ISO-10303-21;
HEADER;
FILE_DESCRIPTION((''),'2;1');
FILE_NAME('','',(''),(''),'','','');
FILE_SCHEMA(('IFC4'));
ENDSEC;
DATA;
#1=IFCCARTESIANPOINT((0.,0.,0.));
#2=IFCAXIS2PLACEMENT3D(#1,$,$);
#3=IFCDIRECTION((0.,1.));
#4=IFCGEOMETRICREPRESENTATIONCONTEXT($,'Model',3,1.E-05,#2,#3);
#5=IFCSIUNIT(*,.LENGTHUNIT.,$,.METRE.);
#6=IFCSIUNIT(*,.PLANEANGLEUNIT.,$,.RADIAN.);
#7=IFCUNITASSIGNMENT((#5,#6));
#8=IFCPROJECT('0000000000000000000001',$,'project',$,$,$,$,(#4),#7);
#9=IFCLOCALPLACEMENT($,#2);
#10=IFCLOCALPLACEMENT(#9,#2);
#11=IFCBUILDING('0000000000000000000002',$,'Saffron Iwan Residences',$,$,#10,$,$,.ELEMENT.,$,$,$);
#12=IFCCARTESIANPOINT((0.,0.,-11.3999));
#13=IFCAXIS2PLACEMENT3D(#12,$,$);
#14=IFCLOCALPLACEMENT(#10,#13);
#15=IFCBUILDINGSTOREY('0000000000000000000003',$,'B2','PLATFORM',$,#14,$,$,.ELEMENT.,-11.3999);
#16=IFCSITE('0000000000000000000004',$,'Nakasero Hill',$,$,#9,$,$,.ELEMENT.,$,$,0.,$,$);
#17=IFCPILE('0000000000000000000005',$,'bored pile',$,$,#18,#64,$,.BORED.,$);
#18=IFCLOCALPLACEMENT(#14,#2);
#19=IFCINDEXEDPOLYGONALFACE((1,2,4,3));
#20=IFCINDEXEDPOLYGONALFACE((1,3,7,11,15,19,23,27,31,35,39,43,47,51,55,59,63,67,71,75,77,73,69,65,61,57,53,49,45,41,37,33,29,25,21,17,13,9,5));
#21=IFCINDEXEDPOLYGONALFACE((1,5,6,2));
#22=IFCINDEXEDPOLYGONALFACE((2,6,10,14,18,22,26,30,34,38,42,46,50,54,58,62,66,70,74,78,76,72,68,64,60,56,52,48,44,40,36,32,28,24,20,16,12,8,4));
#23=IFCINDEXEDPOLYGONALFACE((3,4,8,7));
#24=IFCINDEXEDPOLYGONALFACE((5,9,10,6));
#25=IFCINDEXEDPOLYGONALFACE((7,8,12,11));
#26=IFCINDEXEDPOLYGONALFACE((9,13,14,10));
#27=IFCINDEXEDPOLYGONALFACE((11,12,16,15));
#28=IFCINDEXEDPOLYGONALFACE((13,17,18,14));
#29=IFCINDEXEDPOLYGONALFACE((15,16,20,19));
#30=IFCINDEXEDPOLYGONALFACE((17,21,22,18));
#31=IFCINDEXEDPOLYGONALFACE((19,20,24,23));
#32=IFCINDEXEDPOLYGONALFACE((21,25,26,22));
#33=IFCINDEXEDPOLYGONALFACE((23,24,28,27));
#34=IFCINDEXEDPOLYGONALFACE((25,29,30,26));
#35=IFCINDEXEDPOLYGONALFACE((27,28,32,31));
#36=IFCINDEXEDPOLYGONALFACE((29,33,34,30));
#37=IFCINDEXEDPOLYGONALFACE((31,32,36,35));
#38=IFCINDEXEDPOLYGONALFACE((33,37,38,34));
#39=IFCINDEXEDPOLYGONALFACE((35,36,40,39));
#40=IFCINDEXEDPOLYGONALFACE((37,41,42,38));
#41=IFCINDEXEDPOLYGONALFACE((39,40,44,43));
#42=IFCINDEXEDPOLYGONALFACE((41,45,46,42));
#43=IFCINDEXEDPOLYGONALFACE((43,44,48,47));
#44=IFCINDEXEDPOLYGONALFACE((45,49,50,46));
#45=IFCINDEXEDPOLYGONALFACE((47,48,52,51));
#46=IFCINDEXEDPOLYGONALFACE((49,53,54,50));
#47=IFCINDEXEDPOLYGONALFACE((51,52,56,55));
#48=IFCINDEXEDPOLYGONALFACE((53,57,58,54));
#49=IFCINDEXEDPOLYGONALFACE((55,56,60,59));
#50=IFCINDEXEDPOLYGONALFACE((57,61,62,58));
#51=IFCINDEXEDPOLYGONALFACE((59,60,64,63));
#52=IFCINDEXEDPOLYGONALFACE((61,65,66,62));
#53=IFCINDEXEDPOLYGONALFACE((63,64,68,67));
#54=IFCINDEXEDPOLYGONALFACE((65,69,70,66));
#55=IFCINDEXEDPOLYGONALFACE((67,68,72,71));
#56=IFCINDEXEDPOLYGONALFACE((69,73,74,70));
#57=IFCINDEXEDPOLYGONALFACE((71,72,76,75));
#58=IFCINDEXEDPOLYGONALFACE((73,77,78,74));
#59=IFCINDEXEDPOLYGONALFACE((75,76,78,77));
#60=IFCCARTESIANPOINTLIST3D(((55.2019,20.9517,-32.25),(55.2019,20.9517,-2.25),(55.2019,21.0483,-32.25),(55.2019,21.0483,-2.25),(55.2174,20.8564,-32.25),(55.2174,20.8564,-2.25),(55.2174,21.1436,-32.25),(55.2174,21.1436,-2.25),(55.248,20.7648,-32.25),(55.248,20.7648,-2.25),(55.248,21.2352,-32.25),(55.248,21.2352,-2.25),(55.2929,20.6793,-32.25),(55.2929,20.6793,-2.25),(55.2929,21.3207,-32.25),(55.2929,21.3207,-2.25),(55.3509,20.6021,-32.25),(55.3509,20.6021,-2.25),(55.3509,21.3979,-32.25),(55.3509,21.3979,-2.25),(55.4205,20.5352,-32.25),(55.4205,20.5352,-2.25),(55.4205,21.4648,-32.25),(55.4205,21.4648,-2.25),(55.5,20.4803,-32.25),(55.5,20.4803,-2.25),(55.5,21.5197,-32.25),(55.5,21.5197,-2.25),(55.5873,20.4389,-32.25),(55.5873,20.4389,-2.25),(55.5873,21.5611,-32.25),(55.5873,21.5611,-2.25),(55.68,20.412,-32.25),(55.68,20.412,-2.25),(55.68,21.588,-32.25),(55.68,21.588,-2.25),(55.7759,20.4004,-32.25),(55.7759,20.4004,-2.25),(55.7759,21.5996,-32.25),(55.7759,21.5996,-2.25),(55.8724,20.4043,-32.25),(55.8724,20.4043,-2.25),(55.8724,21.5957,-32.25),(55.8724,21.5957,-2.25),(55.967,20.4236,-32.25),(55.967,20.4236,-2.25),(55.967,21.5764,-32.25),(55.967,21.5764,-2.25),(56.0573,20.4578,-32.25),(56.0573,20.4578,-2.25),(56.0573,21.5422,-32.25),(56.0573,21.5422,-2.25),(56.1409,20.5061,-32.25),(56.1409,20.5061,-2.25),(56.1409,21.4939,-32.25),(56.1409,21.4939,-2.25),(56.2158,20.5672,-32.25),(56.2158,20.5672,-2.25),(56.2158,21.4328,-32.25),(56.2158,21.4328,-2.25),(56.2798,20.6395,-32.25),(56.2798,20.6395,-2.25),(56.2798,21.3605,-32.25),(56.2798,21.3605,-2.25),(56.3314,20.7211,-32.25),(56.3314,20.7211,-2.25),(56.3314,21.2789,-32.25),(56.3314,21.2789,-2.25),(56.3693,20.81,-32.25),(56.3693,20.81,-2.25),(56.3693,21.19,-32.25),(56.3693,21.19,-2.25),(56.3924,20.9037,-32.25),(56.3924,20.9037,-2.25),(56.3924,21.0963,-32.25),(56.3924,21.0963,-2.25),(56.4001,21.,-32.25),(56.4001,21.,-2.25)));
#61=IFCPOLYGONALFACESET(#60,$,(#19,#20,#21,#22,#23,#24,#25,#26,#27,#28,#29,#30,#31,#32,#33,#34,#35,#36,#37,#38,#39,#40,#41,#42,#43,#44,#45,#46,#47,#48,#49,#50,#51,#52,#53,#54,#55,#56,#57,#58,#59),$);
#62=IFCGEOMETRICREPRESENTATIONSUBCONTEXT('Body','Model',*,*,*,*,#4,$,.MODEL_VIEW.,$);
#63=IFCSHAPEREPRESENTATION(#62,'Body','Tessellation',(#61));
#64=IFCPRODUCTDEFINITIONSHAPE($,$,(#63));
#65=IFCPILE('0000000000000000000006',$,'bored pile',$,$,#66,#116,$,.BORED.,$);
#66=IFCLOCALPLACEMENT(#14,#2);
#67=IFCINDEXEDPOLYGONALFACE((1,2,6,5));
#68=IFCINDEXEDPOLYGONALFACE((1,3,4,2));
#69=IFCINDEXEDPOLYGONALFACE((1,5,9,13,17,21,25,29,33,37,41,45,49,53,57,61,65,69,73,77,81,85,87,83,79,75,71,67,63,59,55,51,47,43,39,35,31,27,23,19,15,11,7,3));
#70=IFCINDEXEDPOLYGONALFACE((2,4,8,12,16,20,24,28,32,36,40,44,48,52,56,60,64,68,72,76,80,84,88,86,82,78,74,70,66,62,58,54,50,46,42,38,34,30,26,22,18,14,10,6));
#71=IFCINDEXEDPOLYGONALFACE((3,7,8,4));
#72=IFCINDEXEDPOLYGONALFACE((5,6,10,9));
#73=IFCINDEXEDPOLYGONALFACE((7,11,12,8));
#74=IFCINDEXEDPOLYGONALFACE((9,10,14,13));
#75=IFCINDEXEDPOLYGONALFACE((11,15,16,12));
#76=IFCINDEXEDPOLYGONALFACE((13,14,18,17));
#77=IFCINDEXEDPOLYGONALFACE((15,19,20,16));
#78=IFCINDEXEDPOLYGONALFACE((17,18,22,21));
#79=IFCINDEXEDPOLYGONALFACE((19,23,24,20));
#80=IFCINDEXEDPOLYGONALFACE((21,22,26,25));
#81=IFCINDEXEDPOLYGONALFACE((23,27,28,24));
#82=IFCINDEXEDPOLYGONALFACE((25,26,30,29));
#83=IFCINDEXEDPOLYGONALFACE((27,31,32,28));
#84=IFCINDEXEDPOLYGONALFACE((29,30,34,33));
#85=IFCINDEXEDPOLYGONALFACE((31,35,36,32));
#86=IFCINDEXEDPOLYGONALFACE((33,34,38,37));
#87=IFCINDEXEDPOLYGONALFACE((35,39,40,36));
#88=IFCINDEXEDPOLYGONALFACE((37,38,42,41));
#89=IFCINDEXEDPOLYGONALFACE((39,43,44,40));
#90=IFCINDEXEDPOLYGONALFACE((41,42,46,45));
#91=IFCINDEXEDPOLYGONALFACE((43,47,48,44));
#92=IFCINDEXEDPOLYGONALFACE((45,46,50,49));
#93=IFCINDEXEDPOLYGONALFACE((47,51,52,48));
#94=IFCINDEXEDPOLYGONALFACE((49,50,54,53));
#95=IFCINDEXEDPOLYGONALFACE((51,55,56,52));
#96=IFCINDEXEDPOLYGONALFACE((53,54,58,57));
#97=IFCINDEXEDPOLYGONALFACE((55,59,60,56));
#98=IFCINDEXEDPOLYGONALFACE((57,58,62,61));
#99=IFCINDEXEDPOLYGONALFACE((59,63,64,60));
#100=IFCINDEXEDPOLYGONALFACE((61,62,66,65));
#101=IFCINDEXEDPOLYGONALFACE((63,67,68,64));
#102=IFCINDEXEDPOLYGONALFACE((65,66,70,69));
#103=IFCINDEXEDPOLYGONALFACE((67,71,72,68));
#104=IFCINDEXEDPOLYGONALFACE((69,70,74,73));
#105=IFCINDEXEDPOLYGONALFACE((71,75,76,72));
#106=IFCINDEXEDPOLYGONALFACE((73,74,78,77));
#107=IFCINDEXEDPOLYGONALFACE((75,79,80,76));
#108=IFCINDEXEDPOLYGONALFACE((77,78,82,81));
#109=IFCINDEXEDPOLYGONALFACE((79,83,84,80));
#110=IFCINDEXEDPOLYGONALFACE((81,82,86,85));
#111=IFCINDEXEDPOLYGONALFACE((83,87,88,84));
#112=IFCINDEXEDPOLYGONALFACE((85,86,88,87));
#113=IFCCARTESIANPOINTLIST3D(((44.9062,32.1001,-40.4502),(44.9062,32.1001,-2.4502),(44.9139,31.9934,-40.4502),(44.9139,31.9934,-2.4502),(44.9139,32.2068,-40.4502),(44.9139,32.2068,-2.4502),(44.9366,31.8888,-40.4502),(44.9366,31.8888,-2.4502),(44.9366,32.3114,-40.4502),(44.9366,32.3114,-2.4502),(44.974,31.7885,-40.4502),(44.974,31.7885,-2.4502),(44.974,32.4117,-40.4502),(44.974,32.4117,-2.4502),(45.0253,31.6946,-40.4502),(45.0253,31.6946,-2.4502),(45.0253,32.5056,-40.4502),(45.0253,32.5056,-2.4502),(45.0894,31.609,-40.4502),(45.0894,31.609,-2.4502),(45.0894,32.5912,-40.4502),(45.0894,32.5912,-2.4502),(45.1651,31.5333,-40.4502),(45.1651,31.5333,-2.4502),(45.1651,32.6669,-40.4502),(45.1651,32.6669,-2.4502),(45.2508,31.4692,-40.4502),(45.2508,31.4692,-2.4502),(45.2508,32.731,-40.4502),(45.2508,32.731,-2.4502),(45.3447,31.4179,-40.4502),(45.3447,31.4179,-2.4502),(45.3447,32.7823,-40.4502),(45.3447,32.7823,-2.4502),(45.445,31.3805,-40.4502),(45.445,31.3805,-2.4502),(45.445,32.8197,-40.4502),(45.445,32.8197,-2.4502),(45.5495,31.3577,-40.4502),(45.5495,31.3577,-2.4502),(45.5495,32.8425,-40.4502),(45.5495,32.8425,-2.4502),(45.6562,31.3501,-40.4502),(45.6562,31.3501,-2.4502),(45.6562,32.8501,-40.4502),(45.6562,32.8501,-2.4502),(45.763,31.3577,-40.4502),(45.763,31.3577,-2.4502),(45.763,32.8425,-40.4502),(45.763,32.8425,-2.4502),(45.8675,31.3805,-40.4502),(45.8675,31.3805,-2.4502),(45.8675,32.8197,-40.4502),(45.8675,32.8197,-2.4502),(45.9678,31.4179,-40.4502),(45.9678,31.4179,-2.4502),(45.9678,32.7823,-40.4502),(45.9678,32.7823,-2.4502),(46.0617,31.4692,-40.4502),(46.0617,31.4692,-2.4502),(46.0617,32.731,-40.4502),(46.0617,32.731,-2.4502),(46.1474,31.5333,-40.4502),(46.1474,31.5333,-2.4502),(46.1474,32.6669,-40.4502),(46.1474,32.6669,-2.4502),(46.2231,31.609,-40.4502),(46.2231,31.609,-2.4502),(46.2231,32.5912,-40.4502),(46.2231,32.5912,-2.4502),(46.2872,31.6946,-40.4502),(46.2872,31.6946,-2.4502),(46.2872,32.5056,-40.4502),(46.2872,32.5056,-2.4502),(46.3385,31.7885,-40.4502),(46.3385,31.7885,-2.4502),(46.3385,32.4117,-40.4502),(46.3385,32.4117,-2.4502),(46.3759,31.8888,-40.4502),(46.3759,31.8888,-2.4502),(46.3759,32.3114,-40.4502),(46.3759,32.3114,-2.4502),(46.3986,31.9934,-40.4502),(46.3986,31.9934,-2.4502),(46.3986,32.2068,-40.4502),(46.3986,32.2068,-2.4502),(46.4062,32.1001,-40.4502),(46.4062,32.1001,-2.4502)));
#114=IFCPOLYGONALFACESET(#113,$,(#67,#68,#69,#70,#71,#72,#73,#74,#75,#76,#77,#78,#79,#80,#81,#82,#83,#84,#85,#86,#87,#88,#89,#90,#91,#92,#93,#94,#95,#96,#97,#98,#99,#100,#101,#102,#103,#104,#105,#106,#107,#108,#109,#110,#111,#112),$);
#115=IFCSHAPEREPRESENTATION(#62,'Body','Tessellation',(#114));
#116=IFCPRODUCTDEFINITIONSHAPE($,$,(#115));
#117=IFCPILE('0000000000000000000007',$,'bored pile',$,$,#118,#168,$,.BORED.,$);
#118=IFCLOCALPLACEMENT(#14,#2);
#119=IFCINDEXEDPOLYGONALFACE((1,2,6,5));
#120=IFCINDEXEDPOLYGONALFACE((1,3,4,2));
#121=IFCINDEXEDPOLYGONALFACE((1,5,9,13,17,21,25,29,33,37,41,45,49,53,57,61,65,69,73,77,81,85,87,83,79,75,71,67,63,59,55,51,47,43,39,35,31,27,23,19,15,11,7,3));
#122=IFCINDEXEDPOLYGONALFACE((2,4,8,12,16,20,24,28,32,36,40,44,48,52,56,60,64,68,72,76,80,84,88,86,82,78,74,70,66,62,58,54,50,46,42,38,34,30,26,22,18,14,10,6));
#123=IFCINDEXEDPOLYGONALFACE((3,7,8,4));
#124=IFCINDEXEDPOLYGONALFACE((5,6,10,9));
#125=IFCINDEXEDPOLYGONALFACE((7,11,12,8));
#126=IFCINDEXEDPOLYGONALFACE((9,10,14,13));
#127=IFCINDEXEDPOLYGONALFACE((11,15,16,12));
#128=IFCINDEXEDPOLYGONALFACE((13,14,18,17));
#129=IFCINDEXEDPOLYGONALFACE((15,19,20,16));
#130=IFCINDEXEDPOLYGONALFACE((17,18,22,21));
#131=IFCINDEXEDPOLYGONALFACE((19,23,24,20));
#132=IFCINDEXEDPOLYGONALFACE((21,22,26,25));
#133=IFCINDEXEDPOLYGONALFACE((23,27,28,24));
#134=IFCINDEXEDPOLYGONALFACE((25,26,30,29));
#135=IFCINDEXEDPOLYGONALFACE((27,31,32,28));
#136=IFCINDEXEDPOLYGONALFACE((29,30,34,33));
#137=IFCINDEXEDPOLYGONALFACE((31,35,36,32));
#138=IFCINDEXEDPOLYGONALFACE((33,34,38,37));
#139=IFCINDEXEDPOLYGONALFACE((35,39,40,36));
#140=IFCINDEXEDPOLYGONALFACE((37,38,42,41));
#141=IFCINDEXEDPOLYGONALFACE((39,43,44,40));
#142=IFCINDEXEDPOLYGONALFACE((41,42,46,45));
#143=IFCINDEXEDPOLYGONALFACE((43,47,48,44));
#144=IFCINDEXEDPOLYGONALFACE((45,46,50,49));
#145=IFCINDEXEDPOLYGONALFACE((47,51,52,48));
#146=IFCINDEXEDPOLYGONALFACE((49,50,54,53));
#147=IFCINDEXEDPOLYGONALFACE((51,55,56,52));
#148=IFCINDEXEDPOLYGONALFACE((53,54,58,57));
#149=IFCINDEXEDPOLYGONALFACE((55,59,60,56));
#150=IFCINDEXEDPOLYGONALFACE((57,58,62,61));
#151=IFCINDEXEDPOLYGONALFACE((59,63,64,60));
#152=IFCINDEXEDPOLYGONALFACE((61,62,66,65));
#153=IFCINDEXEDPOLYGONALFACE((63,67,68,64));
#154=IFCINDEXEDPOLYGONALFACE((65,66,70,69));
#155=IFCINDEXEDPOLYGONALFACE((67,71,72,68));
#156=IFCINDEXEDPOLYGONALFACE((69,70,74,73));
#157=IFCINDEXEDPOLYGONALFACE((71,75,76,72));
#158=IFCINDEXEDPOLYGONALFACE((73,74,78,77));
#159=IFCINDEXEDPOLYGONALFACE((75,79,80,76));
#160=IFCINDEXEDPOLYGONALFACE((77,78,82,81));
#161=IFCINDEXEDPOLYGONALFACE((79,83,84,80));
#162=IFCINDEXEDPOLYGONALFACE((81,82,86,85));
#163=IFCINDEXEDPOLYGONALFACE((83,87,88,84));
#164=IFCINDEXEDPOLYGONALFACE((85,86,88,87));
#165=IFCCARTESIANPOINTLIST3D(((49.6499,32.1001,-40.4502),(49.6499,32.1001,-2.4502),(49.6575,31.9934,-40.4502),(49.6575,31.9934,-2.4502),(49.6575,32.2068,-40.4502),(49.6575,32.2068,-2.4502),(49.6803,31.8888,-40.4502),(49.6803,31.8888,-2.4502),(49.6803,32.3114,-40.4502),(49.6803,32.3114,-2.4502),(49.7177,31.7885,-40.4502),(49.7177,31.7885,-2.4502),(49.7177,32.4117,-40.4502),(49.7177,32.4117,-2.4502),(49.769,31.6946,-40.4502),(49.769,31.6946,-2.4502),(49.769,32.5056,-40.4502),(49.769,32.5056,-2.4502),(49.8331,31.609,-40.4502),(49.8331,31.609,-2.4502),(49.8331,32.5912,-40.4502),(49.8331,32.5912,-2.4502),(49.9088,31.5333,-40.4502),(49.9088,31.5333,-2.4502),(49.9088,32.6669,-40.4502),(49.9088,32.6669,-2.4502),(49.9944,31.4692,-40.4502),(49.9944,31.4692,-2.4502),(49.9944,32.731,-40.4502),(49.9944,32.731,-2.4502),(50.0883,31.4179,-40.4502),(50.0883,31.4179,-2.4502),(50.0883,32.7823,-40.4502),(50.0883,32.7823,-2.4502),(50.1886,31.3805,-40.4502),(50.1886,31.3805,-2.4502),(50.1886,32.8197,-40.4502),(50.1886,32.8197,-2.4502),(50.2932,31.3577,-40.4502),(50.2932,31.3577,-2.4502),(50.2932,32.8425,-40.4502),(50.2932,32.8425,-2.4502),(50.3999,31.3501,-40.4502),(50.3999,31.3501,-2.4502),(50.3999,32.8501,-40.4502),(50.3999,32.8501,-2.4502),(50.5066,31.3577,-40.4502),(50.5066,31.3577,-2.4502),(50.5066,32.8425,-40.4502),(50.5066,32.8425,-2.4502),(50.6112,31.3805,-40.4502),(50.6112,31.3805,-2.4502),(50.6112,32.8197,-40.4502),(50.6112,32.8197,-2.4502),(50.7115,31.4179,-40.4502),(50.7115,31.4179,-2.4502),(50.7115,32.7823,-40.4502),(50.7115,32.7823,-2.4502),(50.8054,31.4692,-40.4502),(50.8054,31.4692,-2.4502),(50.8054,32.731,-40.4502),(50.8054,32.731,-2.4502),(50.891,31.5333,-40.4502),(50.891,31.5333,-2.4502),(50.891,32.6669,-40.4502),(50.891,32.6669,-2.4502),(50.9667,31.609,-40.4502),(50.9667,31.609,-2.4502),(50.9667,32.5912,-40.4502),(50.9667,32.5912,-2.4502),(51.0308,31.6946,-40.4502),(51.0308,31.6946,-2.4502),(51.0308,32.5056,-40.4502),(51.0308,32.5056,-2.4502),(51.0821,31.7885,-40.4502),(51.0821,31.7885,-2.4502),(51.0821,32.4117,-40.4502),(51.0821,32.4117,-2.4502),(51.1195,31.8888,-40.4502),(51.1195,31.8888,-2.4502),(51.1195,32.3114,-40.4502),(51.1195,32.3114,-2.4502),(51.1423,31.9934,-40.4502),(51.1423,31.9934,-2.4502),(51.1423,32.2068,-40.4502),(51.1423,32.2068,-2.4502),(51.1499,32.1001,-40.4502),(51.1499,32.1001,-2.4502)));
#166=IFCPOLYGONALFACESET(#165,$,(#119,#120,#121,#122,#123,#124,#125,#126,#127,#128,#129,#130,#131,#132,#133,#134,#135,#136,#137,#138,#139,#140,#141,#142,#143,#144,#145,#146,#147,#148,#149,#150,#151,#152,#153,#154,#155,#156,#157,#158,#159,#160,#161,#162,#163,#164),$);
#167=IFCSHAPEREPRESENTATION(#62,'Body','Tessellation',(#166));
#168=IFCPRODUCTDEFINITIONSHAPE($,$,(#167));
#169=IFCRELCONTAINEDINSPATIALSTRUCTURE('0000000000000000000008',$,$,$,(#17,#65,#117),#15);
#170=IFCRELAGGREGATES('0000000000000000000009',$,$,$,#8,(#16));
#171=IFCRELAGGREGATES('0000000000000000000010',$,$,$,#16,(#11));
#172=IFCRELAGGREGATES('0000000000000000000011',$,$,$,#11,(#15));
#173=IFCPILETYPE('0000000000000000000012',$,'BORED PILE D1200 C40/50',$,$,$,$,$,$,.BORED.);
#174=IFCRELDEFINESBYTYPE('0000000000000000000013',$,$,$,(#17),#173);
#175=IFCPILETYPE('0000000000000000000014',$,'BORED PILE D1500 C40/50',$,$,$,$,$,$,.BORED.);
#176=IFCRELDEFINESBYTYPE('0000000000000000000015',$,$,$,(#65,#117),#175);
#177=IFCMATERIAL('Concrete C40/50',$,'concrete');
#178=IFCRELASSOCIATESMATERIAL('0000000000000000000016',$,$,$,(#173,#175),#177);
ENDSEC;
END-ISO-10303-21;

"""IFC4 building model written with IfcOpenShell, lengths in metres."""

from ifc_helpers import new_model, si_unit, direction, frame, origin, origin_2d, place, context, subcontext, project, spatial, circle, extrude, material, material_profile, profile_set, type_object, element, save


model = new_model("IFC4")

# Units and contexts
model_context = context("Model", 3, precision=1e-05, world=origin(), true_north=direction((0.0, 1.0)))
body_context = subcontext(model_context, "Body", "Model", "MODEL_VIEW")
ifc_project = project(units=[si_unit("LENGTHUNIT", "METRE"), si_unit("PLANEANGLEUNIT", "RADIAN")], contexts=[model_context])

# Site, building, storey
site_placement = place(None, origin())
site = spatial("IfcSite", under=ifc_project, at=site_placement, Name="Nakasero Hill", CompositionType="ELEMENT", RefElevation=0.0)
building_placement = place(site_placement, origin())
building = spatial("IfcBuilding", under=site, at=building_placement, Name="Saffron Iwan Residences", CompositionType="ELEMENT")
storey_placement = place(building_placement, frame((0.0, 0.0, -11.3999)))
storey = spatial("IfcBuildingStorey", under=building, at=storey_placement, Name="B2", Description="PLATFORM", CompositionType="ELEMENT", Elevation=-11.3999)

# Piles
ifc_material_1 = material(Name="Concrete C40/50", Category="concrete")
ifc_material_profile_1 = material_profile(ifc_material_1, circle(Radius=0.6001, at=origin_2d()), Name="RC D1200")
ifc_profile_set_1 = profile_set([ifc_material_profile_1], Name="Concrete C40/50")
pile_type_1 = type_object("IfcPileType", Name="BORED PILE D1200 C40/50", PredefinedType="BORED", material=ifc_profile_set_1)
for number, where, z_axis, x_axis, name in (
    (1, (55.8, 21.0, -2.25), (0.0, 0.0, -1.0), (1.0, 0.0, 0.0), "bored pile"),
):
    element("IfcPile", number, at=place(storey_placement, frame(where, z_axis=z_axis, x_axis=x_axis)), inside=storey, type_object=pile_type_1, Name=name, PredefinedType="BORED", context=body_context, shape_type="SweptSolid", body=[
        extrude(circle(Radius=0.6001, at=origin_2d()), origin(), (0.0, 0.0, 1.0), 30.0),
    ])
ifc_material_profile_2 = material_profile(ifc_material_1, circle(Radius=0.75, at=origin_2d()), Name="RC D1500")
ifc_profile_set_2 = profile_set([ifc_material_profile_2], Name="Concrete C40/50")
pile_type_2 = type_object("IfcPileType", Name="BORED PILE D1500 C40/50", PredefinedType="BORED", material=ifc_profile_set_2)
for number, where, z_axis, x_axis, name in (
    (2, (45.6562, 32.1001, -2.4502), (0.0, 0.0, -1.0), (1.0, 0.0, 0.0), "bored pile"),
    (3, (50.3999, 32.1001, -2.4502), (0.0, 0.0, -1.0), (1.0, 0.0, 0.0), "bored pile"),
):
    element("IfcPile", number, at=place(storey_placement, frame(where, z_axis=z_axis, x_axis=x_axis)), inside=storey, type_object=pile_type_2, Name=name, PredefinedType="BORED", context=body_context, shape_type="SweptSolid", body=[
        extrude(circle(Radius=0.75, at=origin_2d()), origin(), (0.0, 0.0, 1.0), 38.0),
    ])

save(model, "model.ifc")
